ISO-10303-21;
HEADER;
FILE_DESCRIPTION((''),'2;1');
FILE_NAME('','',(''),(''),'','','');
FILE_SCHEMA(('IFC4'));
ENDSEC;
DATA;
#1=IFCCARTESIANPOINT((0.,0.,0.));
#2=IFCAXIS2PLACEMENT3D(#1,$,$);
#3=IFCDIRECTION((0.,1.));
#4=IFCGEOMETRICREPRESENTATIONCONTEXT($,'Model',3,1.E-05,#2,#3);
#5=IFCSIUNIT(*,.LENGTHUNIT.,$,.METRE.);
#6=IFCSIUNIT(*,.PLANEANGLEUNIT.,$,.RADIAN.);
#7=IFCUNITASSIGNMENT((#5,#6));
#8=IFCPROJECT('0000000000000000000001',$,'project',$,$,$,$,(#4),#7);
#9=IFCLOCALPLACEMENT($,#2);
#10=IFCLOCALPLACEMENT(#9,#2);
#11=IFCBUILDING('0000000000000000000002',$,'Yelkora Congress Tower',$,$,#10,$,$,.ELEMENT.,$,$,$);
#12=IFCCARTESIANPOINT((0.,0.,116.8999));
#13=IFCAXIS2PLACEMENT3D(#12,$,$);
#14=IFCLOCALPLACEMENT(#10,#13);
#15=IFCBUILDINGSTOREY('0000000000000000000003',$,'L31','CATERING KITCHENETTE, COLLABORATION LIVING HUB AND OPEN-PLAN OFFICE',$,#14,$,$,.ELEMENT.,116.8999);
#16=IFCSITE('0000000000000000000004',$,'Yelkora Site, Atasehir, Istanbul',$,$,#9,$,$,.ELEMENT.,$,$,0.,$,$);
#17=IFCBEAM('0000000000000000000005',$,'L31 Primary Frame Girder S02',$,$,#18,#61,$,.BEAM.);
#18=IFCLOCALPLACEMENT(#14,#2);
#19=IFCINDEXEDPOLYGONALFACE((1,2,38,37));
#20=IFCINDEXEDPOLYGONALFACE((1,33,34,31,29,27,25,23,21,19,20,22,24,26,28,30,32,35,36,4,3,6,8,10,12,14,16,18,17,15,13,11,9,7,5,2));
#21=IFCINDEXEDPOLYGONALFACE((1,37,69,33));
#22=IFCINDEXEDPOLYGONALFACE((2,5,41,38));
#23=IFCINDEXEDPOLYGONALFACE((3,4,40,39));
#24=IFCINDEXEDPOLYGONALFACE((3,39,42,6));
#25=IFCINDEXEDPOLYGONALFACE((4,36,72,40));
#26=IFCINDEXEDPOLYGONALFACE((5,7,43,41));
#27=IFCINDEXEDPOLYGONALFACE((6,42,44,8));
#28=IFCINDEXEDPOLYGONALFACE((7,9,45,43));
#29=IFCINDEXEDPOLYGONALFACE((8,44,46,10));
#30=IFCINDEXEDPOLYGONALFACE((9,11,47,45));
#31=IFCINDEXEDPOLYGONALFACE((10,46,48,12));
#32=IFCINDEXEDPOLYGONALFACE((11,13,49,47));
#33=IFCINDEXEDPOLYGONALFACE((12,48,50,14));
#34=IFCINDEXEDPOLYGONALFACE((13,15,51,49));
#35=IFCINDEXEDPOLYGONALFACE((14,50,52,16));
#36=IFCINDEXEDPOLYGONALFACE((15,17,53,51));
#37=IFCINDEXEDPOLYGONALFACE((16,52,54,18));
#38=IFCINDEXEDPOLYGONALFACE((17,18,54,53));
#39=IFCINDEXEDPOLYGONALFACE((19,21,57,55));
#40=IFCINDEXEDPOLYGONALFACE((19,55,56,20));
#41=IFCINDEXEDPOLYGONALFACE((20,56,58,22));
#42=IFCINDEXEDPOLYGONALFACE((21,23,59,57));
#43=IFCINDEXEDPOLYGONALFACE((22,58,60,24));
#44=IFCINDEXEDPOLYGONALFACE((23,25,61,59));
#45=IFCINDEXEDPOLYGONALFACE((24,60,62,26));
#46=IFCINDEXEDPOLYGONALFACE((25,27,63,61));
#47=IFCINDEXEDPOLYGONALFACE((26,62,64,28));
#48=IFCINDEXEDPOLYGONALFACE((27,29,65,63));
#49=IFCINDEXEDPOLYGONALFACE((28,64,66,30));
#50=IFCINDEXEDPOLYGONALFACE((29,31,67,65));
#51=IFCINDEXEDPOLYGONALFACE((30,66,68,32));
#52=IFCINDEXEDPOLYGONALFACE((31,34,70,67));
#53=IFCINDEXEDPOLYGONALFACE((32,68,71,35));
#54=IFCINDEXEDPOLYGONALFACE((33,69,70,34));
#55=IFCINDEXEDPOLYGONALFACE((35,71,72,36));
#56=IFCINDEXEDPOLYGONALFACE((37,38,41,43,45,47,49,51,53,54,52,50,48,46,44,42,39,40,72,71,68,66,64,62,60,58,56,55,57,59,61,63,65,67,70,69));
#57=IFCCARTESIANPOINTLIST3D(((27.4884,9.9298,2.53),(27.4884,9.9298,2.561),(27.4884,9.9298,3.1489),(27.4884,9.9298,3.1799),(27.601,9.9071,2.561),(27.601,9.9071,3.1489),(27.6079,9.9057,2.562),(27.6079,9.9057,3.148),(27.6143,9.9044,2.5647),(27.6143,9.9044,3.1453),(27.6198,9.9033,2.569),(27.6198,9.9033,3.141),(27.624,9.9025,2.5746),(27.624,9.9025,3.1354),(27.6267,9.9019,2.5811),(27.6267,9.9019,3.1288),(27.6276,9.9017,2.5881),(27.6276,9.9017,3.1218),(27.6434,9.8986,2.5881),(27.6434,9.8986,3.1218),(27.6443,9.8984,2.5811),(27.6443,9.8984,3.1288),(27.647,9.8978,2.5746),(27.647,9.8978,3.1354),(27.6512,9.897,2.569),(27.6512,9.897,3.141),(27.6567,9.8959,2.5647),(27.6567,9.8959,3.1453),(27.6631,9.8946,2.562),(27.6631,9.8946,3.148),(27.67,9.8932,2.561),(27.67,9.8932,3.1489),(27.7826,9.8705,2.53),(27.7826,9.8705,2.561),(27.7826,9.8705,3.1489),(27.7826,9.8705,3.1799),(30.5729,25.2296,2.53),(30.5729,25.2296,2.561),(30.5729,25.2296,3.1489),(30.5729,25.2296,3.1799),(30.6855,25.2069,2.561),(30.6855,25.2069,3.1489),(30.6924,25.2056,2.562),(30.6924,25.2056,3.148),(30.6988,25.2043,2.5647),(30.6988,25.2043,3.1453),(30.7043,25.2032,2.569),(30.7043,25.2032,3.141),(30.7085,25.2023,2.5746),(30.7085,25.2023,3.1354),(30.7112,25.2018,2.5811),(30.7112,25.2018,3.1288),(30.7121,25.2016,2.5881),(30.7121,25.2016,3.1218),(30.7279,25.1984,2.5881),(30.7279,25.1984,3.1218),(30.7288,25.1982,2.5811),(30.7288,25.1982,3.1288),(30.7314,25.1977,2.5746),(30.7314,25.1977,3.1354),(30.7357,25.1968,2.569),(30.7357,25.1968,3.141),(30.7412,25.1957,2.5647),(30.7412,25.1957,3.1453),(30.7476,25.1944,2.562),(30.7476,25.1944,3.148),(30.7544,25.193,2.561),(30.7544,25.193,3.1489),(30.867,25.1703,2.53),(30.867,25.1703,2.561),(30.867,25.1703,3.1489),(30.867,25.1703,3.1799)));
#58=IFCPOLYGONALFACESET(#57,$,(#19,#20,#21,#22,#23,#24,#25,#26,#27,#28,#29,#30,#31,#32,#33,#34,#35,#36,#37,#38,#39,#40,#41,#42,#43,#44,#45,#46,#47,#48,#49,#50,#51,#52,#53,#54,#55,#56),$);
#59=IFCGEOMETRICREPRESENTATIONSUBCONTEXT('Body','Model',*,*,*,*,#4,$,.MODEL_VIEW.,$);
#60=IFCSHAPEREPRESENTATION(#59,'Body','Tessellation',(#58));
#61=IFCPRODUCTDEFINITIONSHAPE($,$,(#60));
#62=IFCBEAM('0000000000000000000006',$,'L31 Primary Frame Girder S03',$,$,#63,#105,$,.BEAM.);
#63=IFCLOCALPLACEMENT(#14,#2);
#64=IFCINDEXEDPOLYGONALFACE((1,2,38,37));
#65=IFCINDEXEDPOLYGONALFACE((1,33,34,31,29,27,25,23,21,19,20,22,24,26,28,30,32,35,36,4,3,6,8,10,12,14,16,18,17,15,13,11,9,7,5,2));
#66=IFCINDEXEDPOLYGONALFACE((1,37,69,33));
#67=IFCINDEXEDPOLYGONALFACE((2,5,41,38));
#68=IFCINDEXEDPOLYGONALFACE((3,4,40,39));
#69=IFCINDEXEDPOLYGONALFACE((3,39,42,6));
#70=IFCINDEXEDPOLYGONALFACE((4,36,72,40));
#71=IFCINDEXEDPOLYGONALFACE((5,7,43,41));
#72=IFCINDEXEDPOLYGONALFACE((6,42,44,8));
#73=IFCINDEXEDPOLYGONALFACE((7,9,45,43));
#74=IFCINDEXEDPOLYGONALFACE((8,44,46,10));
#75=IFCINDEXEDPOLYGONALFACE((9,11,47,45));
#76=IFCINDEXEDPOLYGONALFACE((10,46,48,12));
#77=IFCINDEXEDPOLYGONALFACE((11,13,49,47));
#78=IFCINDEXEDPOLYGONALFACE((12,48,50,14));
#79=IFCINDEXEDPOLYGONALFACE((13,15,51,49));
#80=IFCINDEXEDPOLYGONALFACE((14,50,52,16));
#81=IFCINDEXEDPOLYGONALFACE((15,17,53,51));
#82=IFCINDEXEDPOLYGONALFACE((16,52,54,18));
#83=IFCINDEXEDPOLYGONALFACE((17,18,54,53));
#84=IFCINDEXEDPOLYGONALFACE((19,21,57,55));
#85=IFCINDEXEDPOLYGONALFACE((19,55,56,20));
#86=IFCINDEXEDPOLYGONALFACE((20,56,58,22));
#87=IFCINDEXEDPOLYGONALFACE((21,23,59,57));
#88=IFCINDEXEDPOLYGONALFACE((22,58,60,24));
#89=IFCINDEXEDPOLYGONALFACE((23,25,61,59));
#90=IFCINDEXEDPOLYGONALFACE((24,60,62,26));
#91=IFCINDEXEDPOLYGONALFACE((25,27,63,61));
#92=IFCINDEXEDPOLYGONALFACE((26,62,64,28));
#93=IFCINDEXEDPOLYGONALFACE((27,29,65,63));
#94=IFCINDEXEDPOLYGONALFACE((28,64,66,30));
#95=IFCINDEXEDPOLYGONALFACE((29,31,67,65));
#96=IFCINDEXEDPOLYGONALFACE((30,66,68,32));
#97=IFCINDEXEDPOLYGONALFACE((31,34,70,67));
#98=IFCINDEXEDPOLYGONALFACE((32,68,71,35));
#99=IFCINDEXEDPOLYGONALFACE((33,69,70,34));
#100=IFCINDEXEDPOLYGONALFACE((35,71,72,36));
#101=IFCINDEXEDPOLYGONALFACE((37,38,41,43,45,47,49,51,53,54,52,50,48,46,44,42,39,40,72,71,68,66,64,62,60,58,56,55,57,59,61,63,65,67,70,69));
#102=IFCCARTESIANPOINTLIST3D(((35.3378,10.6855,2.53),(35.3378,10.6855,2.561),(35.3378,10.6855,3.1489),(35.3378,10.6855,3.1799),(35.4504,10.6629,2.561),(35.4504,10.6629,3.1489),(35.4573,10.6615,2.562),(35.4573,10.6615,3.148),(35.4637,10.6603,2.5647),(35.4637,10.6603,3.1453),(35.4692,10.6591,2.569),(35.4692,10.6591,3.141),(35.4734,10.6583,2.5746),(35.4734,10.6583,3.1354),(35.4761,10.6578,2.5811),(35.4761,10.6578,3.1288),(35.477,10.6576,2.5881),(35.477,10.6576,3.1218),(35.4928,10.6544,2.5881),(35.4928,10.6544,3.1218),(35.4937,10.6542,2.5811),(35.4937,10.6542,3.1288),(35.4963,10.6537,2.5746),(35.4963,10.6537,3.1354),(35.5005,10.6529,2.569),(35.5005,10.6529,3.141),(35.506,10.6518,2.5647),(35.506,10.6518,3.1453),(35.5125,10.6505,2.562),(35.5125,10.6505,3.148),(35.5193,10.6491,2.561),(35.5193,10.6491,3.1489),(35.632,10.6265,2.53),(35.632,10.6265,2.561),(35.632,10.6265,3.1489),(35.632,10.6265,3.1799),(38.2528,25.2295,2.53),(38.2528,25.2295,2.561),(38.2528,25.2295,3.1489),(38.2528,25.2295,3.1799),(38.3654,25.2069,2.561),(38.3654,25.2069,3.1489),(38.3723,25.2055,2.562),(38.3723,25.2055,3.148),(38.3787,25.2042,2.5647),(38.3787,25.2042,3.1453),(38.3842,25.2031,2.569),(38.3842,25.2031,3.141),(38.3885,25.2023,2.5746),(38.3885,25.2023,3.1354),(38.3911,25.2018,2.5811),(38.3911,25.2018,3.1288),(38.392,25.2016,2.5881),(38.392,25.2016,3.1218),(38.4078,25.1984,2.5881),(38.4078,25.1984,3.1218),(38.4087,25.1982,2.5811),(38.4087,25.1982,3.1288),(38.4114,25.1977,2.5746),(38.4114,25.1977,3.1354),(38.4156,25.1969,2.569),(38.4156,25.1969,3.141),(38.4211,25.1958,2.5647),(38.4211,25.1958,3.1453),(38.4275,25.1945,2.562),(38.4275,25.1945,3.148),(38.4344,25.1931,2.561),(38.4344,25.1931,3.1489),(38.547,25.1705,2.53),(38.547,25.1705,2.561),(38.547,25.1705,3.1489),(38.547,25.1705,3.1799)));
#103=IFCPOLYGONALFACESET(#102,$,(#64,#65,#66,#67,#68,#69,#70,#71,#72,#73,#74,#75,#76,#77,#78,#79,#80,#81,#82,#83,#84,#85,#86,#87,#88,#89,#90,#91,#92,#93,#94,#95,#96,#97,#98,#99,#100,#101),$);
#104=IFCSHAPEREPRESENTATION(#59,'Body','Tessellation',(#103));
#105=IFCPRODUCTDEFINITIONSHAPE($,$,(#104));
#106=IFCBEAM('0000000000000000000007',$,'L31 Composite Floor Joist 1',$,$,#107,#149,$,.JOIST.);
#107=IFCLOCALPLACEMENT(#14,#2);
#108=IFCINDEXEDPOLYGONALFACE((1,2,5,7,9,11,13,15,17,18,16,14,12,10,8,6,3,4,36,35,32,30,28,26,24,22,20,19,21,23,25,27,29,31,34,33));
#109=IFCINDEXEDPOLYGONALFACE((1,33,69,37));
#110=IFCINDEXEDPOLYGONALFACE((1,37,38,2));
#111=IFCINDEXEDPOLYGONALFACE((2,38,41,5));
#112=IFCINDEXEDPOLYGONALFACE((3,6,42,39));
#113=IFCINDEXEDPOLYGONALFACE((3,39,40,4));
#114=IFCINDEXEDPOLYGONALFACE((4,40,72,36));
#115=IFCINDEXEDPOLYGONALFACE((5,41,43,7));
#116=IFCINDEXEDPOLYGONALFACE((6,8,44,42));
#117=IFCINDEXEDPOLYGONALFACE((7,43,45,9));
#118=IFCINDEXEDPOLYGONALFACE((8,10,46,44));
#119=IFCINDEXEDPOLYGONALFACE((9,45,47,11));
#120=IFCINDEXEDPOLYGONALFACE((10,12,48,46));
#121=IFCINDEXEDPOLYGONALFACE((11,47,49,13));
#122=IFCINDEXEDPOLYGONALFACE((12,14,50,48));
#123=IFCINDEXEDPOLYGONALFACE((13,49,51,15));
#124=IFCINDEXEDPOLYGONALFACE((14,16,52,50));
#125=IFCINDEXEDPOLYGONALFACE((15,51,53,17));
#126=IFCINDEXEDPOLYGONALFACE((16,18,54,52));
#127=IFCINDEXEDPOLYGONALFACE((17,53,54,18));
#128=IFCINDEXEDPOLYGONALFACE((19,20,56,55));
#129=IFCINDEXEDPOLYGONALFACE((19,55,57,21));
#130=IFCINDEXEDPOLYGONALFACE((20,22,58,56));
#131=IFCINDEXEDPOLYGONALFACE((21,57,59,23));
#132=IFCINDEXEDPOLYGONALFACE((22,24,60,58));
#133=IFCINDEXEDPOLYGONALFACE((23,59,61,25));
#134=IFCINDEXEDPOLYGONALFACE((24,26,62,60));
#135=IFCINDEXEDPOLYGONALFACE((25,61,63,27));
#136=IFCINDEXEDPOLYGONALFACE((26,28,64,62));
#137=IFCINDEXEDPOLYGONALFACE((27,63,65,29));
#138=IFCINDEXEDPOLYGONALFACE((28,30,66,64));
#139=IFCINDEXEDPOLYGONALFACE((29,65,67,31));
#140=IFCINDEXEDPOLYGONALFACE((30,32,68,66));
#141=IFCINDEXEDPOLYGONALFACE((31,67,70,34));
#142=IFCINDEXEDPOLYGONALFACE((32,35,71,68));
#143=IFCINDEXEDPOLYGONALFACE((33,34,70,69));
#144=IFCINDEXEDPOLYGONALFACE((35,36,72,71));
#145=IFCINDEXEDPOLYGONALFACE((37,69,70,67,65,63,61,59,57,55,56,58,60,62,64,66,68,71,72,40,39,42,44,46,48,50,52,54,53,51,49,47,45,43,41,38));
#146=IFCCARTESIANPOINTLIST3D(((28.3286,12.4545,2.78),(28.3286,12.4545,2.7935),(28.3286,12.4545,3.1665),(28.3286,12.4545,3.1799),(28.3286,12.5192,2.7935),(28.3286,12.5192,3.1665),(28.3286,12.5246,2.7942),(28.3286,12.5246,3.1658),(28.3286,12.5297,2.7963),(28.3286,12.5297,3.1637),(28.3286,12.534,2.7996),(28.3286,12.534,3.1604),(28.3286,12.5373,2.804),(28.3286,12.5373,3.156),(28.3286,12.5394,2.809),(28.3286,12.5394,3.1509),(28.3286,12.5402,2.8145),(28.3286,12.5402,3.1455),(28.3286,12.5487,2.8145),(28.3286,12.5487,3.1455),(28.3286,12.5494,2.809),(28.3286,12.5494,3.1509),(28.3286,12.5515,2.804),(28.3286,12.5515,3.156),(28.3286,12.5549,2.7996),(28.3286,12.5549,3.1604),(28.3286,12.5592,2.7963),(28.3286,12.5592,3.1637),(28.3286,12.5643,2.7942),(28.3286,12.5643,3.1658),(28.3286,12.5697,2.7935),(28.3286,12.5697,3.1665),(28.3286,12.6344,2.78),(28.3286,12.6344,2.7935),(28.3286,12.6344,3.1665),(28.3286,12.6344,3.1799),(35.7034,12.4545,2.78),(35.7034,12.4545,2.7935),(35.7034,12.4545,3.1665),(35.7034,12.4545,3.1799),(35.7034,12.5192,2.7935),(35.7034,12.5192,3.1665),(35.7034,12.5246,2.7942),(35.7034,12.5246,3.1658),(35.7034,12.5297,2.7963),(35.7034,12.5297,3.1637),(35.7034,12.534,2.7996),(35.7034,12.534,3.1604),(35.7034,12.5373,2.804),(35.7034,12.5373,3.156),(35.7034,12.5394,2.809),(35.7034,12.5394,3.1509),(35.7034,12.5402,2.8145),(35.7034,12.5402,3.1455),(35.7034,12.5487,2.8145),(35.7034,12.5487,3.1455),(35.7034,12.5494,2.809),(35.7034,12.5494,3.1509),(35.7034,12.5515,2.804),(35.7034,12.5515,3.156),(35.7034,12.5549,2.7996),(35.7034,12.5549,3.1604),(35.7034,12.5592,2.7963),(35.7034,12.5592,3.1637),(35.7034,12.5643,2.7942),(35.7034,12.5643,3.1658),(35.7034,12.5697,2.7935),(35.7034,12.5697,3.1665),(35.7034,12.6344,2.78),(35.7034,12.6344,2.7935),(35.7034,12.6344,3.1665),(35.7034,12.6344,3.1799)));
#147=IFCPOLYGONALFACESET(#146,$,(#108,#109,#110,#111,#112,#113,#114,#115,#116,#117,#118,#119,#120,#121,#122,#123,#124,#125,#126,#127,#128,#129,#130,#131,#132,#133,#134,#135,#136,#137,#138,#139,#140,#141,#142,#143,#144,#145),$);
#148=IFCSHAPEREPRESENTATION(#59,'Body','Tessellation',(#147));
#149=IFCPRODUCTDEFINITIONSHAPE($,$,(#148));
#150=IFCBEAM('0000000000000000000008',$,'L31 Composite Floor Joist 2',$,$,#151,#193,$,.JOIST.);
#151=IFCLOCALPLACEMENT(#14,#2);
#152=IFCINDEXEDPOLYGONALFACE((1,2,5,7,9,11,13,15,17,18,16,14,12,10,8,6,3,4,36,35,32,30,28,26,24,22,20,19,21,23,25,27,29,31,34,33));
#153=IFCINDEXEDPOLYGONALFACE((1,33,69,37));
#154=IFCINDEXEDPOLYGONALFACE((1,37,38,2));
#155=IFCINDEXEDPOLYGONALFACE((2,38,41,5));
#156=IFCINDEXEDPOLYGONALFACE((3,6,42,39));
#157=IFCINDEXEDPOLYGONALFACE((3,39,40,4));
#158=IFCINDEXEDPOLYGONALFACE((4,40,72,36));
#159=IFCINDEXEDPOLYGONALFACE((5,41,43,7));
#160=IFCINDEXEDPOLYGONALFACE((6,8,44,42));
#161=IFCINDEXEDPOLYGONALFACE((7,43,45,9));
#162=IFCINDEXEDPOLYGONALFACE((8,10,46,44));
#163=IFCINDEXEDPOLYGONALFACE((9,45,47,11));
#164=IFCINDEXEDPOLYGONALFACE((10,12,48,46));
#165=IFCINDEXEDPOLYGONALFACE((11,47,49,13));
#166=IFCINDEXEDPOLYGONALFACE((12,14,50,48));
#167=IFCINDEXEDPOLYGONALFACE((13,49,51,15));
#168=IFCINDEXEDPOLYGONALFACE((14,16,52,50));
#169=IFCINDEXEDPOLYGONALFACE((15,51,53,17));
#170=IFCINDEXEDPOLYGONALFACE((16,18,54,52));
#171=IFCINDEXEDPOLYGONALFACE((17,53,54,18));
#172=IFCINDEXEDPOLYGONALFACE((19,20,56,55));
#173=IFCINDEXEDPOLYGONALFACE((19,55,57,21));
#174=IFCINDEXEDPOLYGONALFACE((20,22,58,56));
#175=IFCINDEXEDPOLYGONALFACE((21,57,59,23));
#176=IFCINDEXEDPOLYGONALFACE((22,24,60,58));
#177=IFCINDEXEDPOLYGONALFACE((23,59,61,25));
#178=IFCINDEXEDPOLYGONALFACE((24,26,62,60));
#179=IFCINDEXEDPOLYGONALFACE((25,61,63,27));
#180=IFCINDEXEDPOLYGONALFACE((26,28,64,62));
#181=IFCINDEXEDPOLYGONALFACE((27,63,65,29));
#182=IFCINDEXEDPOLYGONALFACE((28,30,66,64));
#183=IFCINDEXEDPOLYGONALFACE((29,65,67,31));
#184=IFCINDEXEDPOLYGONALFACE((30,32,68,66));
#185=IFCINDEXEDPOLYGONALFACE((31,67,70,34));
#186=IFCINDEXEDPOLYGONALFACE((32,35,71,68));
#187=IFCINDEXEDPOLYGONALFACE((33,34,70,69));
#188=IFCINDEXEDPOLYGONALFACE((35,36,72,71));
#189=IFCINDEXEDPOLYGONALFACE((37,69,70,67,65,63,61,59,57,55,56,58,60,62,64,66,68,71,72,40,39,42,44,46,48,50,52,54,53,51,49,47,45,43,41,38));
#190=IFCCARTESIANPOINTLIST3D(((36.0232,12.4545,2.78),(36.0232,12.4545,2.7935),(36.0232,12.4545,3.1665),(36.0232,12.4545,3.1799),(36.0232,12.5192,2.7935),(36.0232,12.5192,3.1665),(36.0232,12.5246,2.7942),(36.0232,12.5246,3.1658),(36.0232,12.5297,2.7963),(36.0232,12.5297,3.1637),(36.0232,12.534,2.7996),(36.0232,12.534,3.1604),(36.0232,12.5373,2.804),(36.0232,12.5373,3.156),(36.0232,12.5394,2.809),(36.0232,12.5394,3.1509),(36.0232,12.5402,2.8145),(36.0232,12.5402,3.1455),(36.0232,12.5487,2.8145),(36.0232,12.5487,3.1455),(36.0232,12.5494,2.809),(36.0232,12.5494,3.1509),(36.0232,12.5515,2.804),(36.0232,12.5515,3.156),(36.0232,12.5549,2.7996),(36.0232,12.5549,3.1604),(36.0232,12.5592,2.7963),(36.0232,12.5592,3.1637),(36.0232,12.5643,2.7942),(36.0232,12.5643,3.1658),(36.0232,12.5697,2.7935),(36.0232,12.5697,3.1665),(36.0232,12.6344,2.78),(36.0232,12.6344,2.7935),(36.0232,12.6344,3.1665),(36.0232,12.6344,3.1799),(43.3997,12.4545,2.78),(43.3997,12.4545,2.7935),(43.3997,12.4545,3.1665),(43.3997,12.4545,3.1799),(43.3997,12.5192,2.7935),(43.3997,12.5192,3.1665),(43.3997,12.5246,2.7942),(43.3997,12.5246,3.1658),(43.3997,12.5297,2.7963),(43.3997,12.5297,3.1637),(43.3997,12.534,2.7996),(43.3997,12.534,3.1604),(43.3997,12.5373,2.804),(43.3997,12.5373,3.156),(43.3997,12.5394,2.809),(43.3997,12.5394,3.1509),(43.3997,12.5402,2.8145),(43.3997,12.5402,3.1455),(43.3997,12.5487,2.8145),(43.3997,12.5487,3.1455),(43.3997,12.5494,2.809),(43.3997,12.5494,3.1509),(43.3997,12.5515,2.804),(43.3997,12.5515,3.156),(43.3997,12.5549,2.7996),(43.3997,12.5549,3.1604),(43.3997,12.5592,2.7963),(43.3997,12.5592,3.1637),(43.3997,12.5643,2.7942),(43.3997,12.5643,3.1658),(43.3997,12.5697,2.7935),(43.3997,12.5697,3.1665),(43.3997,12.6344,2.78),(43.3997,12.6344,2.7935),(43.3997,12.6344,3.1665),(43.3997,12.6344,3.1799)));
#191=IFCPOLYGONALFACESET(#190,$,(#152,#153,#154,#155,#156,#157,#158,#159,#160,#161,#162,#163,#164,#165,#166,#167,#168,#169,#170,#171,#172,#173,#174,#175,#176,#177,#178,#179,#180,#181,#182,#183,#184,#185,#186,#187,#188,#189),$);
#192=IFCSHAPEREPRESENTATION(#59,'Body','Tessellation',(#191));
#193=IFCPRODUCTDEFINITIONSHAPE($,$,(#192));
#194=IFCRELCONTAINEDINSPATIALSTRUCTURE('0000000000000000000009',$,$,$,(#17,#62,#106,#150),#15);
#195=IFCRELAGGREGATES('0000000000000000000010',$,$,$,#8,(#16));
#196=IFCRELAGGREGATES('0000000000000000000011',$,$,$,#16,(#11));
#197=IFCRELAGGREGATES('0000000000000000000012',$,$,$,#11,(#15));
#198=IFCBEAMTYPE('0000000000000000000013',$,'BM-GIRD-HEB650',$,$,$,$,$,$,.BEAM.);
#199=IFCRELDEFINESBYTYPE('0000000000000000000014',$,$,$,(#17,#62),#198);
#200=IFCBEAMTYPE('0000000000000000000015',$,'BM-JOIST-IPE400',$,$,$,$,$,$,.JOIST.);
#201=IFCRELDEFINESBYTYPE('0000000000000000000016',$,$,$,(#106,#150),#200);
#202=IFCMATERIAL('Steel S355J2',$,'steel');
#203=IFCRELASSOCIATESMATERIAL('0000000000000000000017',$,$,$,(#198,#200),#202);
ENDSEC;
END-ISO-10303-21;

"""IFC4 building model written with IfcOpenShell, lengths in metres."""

from ifc_helpers import new_model, si_unit, direction, frame, origin, origin_2d, place, context, subcontext, project, spatial, i_section, extrude, material, material_profile, profile_set, type_object, element, save


model = new_model("IFC4")

# Units and contexts
model_context = context("Model", 3, precision=1e-05, world=origin(), true_north=direction((0.0, 1.0)))
body_context = subcontext(model_context, "Body", "Model", "MODEL_VIEW")
ifc_project = project(units=[si_unit("LENGTHUNIT", "METRE"), si_unit("PLANEANGLEUNIT", "RADIAN")], contexts=[model_context])

# Site, building, storey
site_placement = place(None, origin())
site = spatial("IfcSite", under=ifc_project, at=site_placement, Name="Yelkora Site, Atasehir, Istanbul", CompositionType="ELEMENT", RefElevation=0.0)
building_placement = place(site_placement, origin())
building = spatial("IfcBuilding", under=site, at=building_placement, Name="Yelkora Congress Tower", CompositionType="ELEMENT")
storey_placement = place(building_placement, frame((0.0, 0.0, 116.8999)))
storey = spatial("IfcBuildingStorey", under=building, at=storey_placement, Name="L31", Description="CATERING KITCHENETTE, COLLABORATION LIVING HUB AND OPEN-PLAN OFFICE", CompositionType="ELEMENT", Elevation=116.8999)

# Beams
ifc_material_1 = material(Name="Steel S355J2", Category="steel")
ifc_material_profile_1 = material_profile(ifc_material_1, i_section(OverallWidth=0.3, OverallDepth=0.6499, WebThickness=0.0161, FlangeThickness=0.031, FilletRadius=0.0271, at=origin_2d()), Name="HEB 650")
ifc_profile_set_1 = profile_set([ifc_material_profile_1], Name="Steel S355J2")
beam_type_1 = type_object("IfcBeamType", Name="BM-GIRD-HEB650", PredefinedType="BEAM", material=ifc_profile_set_1)
beam_1_placement = place(storey_placement, frame((27.6355, 9.9001, 2.855), z_axis=(0.197626, 0.980277, 0.0), x_axis=(-0.980277, 0.197626, 0.0)))
element("IfcBeam", 1, at=beam_1_placement, inside=storey, type_object=beam_type_1, Name="L31 Primary Frame Girder S02", PredefinedType="BEAM", context=body_context, shape_type="SweptSolid", body=[
    extrude(i_section(OverallWidth=0.3, OverallDepth=0.6499, WebThickness=0.0161, FlangeThickness=0.031, FilletRadius=0.0271, at=origin_2d()), origin(), (0.0, 0.0, 1.0), 15.6077),
])
beam_2_placement = place(storey_placement, frame((35.4849, 10.656, 2.855), z_axis=(0.196521, 0.9805, 0.0), x_axis=(-0.9805, 0.196521, 0.0)))
element("IfcBeam", 2, at=beam_2_placement, inside=storey, type_object=beam_type_1, Name="L31 Primary Frame Girder S03", PredefinedType="BEAM", context=body_context, shape_type="SweptSolid", body=[
    extrude(i_section(OverallWidth=0.3, OverallDepth=0.6499, WebThickness=0.0161, FlangeThickness=0.031, FilletRadius=0.0271, at=origin_2d()), origin(), (0.0, 0.0, 1.0), 14.8333),
])
ifc_material_profile_2 = material_profile(ifc_material_1, i_section(OverallWidth=0.1799, OverallDepth=0.3999, WebThickness=0.0085, FlangeThickness=0.0134, FilletRadius=0.021, at=origin_2d()), Name="IPE 400")
ifc_profile_set_2 = profile_set([ifc_material_profile_2], Name="Steel S355J2")
beam_type_2 = type_object("IfcBeamType", Name="BM-JOIST-IPE400", PredefinedType="JOIST", material=ifc_profile_set_2)
beam_3_placement = place(storey_placement, frame((28.3286, 12.5444, 2.98), z_axis=(1.0, 0.0, 0.0), x_axis=(0.0, 1.0, 0.0)))
element("IfcBeam", 3, at=beam_3_placement, inside=storey, type_object=beam_type_2, Name="L31 Composite Floor Joist 1", PredefinedType="JOIST", context=body_context, shape_type="SweptSolid", body=[
    extrude(i_section(OverallWidth=0.1799, OverallDepth=0.3999, WebThickness=0.0085, FlangeThickness=0.0134, FilletRadius=0.021, at=origin_2d()), origin(), (0.0, 0.0, 1.0), 7.3748),
])
beam_4_placement = place(storey_placement, frame((36.0232, 12.5444, 2.98), z_axis=(1.0, 0.0, 0.0), x_axis=(0.0, 1.0, 0.0)))
element("IfcBeam", 4, at=beam_4_placement, inside=storey, type_object=beam_type_2, Name="L31 Composite Floor Joist 2", PredefinedType="JOIST", context=body_context, shape_type="SweptSolid", body=[
    extrude(i_section(OverallWidth=0.1799, OverallDepth=0.3999, WebThickness=0.0085, FlangeThickness=0.0134, FilletRadius=0.021, at=origin_2d()), origin(), (0.0, 0.0, 1.0), 7.3765),
])

save(model, "model.ifc")
